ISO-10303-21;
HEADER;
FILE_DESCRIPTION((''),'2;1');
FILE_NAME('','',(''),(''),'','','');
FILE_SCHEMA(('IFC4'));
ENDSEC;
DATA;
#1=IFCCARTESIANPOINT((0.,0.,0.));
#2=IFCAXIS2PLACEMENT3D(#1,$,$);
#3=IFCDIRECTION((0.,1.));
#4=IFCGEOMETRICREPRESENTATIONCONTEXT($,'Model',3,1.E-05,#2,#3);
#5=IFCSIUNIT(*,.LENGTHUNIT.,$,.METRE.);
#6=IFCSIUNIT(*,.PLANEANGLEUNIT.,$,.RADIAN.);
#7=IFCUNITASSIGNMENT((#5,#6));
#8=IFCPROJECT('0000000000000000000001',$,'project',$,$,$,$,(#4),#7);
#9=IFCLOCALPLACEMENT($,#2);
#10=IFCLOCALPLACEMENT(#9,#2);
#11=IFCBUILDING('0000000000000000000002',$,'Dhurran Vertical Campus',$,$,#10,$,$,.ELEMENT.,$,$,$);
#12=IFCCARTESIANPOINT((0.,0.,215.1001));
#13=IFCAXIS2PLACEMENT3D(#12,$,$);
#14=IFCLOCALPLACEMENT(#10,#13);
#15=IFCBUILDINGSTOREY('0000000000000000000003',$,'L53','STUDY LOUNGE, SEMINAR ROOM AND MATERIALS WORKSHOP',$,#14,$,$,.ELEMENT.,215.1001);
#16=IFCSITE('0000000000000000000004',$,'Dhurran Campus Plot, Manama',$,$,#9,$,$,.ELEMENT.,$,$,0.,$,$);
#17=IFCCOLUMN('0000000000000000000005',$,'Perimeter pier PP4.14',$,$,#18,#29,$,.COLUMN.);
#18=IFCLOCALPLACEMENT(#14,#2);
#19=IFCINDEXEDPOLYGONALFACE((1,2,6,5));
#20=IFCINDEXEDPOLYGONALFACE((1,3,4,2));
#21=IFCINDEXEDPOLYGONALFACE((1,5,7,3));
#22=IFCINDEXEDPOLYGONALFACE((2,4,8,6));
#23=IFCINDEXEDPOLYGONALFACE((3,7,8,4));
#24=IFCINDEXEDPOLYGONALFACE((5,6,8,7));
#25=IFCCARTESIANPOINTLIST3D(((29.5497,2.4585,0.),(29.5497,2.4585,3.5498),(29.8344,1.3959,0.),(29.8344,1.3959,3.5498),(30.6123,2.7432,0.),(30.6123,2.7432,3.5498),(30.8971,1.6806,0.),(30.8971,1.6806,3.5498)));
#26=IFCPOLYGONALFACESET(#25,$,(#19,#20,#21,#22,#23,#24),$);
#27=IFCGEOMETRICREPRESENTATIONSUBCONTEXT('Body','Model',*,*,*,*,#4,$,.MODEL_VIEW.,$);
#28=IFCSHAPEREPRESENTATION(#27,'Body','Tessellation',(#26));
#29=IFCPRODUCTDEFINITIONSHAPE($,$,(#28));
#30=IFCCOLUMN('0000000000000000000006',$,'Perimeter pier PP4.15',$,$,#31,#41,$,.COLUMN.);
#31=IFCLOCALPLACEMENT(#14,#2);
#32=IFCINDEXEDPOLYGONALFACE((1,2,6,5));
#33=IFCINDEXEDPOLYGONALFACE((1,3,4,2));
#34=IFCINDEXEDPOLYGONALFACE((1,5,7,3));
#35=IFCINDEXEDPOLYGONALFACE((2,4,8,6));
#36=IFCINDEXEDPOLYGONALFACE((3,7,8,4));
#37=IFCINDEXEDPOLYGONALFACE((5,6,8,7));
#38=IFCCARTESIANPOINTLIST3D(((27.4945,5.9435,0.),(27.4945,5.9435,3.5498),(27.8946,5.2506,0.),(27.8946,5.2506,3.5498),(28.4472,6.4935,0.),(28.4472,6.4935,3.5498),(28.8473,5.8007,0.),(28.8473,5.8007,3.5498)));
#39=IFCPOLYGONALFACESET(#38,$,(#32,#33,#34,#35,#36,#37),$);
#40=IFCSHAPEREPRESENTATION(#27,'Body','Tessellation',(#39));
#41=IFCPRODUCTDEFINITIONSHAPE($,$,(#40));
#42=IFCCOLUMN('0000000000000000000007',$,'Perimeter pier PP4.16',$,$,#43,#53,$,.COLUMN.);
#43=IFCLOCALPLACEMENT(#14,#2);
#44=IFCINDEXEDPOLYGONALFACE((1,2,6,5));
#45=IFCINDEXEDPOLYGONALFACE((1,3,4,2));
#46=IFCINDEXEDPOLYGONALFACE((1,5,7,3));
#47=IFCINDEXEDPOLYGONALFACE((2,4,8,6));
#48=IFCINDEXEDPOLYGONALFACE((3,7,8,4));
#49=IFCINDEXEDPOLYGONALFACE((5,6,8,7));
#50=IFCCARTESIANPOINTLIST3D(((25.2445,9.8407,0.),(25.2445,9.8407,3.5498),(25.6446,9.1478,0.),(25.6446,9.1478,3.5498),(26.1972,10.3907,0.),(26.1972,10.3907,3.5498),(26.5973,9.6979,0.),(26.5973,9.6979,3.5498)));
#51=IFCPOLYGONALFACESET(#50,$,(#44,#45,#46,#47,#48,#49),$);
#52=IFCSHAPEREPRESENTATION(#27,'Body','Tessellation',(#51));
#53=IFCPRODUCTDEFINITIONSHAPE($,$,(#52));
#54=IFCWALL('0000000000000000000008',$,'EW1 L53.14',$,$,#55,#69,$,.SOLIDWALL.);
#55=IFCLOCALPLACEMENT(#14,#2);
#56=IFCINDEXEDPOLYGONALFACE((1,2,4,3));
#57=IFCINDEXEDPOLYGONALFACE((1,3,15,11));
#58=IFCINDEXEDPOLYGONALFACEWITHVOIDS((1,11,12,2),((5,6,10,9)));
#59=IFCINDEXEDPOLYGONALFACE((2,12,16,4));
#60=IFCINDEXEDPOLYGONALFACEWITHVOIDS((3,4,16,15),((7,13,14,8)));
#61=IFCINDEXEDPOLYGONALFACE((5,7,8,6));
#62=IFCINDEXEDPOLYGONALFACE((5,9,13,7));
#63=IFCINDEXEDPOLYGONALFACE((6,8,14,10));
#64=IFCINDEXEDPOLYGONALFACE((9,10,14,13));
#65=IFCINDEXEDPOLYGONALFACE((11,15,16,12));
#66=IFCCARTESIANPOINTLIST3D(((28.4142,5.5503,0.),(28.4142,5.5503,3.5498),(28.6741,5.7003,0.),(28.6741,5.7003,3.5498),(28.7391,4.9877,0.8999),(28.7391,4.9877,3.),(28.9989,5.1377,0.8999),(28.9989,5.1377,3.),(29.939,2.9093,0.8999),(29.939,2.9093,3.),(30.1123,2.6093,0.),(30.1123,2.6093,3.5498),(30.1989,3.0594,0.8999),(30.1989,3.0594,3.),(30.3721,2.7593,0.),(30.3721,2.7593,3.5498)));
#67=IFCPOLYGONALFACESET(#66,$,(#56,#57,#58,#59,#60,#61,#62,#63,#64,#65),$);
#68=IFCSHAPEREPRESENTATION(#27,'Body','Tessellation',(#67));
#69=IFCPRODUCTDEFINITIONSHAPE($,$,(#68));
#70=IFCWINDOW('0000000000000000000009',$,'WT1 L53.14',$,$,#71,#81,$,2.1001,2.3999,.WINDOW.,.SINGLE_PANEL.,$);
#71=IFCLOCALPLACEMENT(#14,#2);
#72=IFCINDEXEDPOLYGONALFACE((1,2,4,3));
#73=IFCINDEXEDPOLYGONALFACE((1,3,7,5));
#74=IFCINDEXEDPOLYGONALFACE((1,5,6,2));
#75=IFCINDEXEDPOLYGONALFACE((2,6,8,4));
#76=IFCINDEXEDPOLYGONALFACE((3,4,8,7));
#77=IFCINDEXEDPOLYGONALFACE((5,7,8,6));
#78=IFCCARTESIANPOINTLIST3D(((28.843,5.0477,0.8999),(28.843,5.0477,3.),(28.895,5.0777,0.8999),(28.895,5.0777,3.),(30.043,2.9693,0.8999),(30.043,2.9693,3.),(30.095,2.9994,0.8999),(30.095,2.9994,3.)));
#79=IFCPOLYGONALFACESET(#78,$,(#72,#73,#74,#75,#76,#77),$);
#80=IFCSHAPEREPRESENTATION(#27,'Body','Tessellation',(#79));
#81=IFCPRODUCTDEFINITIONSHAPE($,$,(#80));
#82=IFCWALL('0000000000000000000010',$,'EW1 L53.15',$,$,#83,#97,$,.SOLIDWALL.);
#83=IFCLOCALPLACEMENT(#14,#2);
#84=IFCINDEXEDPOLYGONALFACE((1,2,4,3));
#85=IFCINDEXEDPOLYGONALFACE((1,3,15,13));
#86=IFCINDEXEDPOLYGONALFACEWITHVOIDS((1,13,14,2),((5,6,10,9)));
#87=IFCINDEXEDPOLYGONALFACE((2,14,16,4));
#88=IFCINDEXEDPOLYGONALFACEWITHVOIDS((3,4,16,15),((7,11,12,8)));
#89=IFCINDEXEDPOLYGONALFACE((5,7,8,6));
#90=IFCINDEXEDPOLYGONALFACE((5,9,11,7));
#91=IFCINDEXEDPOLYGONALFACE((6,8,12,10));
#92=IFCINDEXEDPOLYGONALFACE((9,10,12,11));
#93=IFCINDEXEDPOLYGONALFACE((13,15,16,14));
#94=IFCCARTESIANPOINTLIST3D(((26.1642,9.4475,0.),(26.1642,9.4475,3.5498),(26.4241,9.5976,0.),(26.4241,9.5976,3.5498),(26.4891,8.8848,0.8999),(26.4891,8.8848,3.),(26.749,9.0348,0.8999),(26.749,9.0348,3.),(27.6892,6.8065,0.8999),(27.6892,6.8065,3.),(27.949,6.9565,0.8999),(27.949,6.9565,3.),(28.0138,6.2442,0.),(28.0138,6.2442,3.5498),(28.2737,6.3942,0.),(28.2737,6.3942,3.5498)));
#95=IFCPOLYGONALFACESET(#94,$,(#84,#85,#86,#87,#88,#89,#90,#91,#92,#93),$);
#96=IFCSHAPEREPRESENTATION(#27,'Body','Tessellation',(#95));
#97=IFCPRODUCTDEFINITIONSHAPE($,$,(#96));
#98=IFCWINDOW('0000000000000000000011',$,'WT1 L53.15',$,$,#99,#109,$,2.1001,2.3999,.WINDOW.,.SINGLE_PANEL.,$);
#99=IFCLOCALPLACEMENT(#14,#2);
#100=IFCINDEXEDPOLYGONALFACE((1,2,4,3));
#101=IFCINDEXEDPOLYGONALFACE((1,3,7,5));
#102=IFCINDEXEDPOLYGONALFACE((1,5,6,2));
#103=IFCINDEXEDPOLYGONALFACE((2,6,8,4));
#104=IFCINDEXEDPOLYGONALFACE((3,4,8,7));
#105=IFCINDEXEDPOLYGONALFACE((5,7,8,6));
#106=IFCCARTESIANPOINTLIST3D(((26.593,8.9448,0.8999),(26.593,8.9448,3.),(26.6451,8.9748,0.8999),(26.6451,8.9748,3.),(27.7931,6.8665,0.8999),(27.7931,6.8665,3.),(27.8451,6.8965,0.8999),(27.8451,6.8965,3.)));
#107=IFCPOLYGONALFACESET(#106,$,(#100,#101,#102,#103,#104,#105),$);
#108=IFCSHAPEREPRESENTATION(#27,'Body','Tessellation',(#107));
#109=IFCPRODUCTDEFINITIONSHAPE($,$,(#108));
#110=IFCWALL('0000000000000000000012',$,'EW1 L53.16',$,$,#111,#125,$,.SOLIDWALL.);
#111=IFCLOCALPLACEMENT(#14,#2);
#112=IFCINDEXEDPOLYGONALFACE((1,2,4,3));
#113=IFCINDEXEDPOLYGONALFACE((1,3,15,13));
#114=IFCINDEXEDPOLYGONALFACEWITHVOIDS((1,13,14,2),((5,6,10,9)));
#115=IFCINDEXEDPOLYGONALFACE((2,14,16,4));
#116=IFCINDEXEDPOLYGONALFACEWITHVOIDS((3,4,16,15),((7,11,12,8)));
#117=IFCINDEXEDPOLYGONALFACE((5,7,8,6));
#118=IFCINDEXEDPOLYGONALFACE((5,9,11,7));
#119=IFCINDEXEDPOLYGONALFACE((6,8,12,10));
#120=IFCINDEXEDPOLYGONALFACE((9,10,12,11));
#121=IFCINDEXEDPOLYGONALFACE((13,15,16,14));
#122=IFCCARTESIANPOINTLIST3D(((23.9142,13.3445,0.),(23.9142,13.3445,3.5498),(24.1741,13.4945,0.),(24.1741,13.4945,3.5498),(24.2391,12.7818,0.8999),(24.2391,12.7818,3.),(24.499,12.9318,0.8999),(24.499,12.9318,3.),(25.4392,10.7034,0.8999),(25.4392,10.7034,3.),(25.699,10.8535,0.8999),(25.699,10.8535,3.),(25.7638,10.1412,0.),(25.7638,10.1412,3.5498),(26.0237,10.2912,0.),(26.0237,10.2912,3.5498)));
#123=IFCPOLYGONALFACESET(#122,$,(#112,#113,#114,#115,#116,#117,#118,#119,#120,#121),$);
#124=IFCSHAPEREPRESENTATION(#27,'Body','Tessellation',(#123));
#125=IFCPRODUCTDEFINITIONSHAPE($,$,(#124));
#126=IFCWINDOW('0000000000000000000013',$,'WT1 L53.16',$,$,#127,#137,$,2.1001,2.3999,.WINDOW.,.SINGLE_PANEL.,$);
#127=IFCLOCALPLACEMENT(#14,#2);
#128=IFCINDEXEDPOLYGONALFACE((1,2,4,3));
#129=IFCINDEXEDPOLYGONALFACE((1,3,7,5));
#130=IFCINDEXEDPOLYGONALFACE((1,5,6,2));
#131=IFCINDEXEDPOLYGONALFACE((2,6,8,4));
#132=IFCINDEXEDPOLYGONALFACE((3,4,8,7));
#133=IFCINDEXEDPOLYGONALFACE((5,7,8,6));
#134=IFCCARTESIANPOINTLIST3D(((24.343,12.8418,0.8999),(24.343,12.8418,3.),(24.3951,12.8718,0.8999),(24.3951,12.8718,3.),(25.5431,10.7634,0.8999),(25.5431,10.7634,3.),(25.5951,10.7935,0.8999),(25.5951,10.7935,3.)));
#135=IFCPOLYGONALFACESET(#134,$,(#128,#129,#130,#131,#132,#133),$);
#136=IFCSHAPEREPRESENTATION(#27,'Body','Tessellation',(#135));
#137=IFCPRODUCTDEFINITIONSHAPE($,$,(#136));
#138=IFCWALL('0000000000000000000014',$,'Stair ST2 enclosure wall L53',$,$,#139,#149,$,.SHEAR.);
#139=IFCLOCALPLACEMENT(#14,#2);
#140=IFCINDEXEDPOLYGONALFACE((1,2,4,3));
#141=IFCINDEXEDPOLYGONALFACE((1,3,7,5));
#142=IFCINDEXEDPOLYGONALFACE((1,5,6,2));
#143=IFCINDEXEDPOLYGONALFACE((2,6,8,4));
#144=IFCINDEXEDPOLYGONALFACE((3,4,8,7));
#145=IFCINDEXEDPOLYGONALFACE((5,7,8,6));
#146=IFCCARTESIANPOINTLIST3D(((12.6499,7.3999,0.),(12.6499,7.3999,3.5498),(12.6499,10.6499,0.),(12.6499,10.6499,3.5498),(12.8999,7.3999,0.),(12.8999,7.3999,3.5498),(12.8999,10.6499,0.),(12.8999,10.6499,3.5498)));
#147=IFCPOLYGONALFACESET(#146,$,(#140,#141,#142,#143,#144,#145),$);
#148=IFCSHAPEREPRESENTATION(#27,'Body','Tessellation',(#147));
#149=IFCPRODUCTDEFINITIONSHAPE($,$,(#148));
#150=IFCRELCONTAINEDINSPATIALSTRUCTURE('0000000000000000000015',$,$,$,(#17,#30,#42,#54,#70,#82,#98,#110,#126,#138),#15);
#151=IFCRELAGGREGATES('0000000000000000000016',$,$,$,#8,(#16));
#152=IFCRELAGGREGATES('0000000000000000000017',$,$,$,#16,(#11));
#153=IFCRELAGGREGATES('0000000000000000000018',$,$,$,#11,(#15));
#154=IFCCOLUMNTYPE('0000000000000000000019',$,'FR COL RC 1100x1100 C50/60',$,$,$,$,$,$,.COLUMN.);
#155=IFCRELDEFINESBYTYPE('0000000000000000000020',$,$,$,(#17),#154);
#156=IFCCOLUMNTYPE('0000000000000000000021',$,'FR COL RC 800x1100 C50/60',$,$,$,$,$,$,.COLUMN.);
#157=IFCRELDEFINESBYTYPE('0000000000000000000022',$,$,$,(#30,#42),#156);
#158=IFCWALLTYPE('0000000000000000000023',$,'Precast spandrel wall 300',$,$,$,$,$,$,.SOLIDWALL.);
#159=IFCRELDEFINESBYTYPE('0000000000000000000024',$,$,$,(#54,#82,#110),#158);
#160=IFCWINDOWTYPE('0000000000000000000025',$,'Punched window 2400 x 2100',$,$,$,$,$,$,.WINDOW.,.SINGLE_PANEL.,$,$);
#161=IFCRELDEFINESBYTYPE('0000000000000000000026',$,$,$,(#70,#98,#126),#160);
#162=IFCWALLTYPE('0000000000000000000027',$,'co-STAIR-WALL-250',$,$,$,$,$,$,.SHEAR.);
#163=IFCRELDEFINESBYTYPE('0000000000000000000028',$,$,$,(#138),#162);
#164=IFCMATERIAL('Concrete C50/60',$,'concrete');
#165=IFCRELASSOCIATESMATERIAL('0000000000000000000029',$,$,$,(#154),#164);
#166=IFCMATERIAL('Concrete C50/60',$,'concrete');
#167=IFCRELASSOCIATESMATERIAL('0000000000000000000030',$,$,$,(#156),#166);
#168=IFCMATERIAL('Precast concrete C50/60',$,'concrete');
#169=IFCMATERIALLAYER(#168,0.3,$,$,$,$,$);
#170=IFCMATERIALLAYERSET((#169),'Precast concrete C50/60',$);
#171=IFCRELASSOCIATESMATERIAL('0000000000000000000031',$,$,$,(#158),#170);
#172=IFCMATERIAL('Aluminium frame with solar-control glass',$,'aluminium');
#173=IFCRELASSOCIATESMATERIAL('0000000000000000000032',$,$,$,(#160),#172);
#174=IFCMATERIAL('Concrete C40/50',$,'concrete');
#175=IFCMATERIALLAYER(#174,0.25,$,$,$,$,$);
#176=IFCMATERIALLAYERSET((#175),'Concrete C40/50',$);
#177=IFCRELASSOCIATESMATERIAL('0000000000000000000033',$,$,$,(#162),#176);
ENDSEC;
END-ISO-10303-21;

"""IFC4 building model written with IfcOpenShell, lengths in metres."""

from ifc_helpers import new_model, si_unit, direction, frame, frame_2d, origin, origin_2d, place, context, subcontext, project, spatial, rectangle, extrude, material, layer, layer_set, material_profile, profile_set, type_object, element, fill, save


model = new_model("IFC4")

# Units and contexts
model_context = context("Model", 3, precision=1e-05, world=origin(), true_north=direction((0.0, 1.0)))
body_context = subcontext(model_context, "Body", "Model", "MODEL_VIEW")
ifc_project = project(units=[si_unit("LENGTHUNIT", "METRE"), si_unit("PLANEANGLEUNIT", "RADIAN")], contexts=[model_context])

# Site, building, storey
site_placement = place(None, origin())
site = spatial("IfcSite", under=ifc_project, at=site_placement, Name="Dhurran Campus Plot, Manama", CompositionType="ELEMENT", RefElevation=0.0)
building_placement = place(site_placement, origin())
building = spatial("IfcBuilding", under=site, at=building_placement, Name="Dhurran Vertical Campus", CompositionType="ELEMENT")
storey_placement = place(building_placement, frame((0.0, 0.0, 215.1001)))
storey = spatial("IfcBuildingStorey", under=building, at=storey_placement, Name="L53", Description="STUDY LOUNGE, SEMINAR ROOM AND MATERIALS WORKSHOP", CompositionType="ELEMENT", Elevation=215.1001)

# Columns
ifc_material_1 = material(Name="Concrete C50/60", Category="concrete")
ifc_material_profile_1 = material_profile(ifc_material_1, rectangle(XDim=1.1001, YDim=1.1001, at=origin_2d()), Name="RC 1100x1100")
ifc_profile_set_1 = profile_set([ifc_material_profile_1], Name="Concrete C50/60")
column_type_1 = type_object("IfcColumnType", Name="FR COL RC 1100x1100 C50/60", PredefinedType="COLUMN", material=ifc_profile_set_1)
column_placement = place(storey_placement, frame((30.2234, 2.0696, 0.0), z_axis=(0.0, 0.0, 1.0), x_axis=(-0.258819, 0.965926, 0.0)))
element("IfcColumn", 1, at=column_placement, inside=storey, type_object=column_type_1, Name="Perimeter pier PP4.14", PredefinedType="COLUMN", context=body_context, shape_type="SweptSolid", body=[
    extrude(rectangle(XDim=1.1001, YDim=1.1001, at=origin_2d()), origin(), (0.0, 0.0, 1.0), 3.5498),
])
ifc_material_2 = material(Name="Concrete C50/60", Category="concrete")
ifc_material_profile_2 = material_profile(ifc_material_2, rectangle(XDim=0.8, YDim=1.1001, at=origin_2d()), Name="RC 800x1100")
ifc_profile_set_2 = profile_set([ifc_material_profile_2], Name="Concrete C50/60")
column_type_2 = type_object("IfcColumnType", Name="FR COL RC 800x1100 C50/60", PredefinedType="COLUMN", material=ifc_profile_set_2)
for number, where, z_axis, x_axis, name in (
    (2, (28.1709, 5.8721, 0.0), (0.0, 0.0, 1.0), (-0.5, 0.866025, 0.0), "Perimeter pier PP4.15"),
    (3, (25.9209, 9.7693, 0.0), (0.0, 0.0, 1.0), (-0.5, 0.866025, 0.0), "Perimeter pier PP4.16"),
):
    element("IfcColumn", number, at=place(storey_placement, frame(where, z_axis=z_axis, x_axis=x_axis)), inside=storey, type_object=column_type_2, Name=name, PredefinedType="COLUMN", context=body_context, shape_type="SweptSolid", body=[
        extrude(rectangle(XDim=0.8, YDim=1.1001, at=origin_2d()), origin(), (0.0, 0.0, 1.0), 3.5498),
    ])

# Walls, openings, windows
ifc_material_3 = material(Name="Precast concrete C50/60", Category="concrete")
ifc_layer_1 = layer(ifc_material_3, 0.3)
ifc_layer_set_1 = layer_set([ifc_layer_1], Name="Precast concrete C50/60")
wall_type_1 = type_object("IfcWallType", Name="Precast spandrel wall 300", PredefinedType="SOLIDWALL", material=ifc_layer_set_1)
wall_1_placement = place(storey_placement, frame((30.2422, 2.6843, 0.0), z_axis=(0.0, 0.0, 1.0), x_axis=(-0.500013, 0.866018, 0.0)))
wall_1 = element("IfcWall", 4, at=wall_1_placement, inside=storey, type_object=wall_type_1, Name="EW1 L53.14", PredefinedType="SOLIDWALL", context=body_context, shape_type="SweptSolid", body=[
    extrude(rectangle(XDim=3.396, YDim=0.3, at=frame_2d((1.698, 0.0))), origin(), (0.0, 0.0, 1.0), 3.5498),
])
opening_1_placement = place(wall_1_placement, frame((0.3464, 0.0, 0.8999)))
opening_1 = element("IfcOpeningElement", 5, at=opening_1_placement, cuts=wall_1, PredefinedType="OPENING", context=body_context, shape_type="SweptSolid", body=[
    extrude(rectangle(XDim=2.3999, YDim=2.1001, at=frame_2d((1.2, 1.05))), frame((0.0, 0.1599, 0.0), z_axis=(0.0, -1.0, 0.0), x_axis=(1.0, 0.0, 0.0)), (0.0, 0.0, 1.0), 0.3201),
])
ifc_material_4 = material(Name="Aluminium frame with solar-control glass", Category="aluminium")
window_type = type_object("IfcWindowType", Name="Punched window 2400 x 2100", PartitioningType="SINGLE_PANEL", PredefinedType="WINDOW", material=ifc_material_4)
window_1_placement = place(opening_1_placement, origin())
window_1 = element("IfcWindow", 6, at=window_1_placement, inside=storey, type_object=window_type, Name="WT1 L53.14", OverallHeight=2.1001, OverallWidth=2.3999, PartitioningType="SINGLE_PANEL", PredefinedType="WINDOW", context=body_context, shape_type="SweptSolid", body=[
    extrude(rectangle(XDim=2.3999, YDim=2.1001, at=frame_2d((1.2, 1.05))), frame((0.0, 0.03, 0.0), z_axis=(0.0, -1.0, 0.0), x_axis=(1.0, 0.0, 0.0)), (0.0, 0.0, 1.0), 0.0601),
])
fill(opening_1, window_1)
wall_2_placement = place(storey_placement, frame((28.1438, 6.3191, 0.0), z_axis=(0.0, 0.0, 1.0), x_axis=(-0.500029, 0.866009, 0.0)))
wall_2 = element("IfcWall", 7, at=wall_2_placement, inside=storey, type_object=wall_type_1, Name="EW1 L53.15", PredefinedType="SOLIDWALL", context=body_context, shape_type="SweptSolid", body=[
    extrude(rectangle(XDim=3.699, YDim=0.3, at=frame_2d((1.8496, 0.0))), origin(), (0.0, 0.0, 1.0), 3.5498),
])
opening_2_placement = place(wall_2_placement, frame((0.6494, 0.0, 0.8999)))
opening_2 = element("IfcOpeningElement", 8, at=opening_2_placement, cuts=wall_2, PredefinedType="OPENING", context=body_context, shape_type="SweptSolid", body=[
    extrude(rectangle(XDim=2.3999, YDim=2.1001, at=frame_2d((1.2, 1.05))), frame((0.0, 0.1599, 0.0), z_axis=(0.0, -1.0, 0.0), x_axis=(1.0, 0.0, 0.0)), (0.0, 0.0, 1.0), 0.3201),
])
window_2_placement = place(opening_2_placement, origin())
window_2 = element("IfcWindow", 9, at=window_2_placement, inside=storey, type_object=window_type, Name="WT1 L53.15", OverallHeight=2.1001, OverallWidth=2.3999, PartitioningType="SINGLE_PANEL", PredefinedType="WINDOW", context=body_context, shape_type="SweptSolid", body=[
    extrude(rectangle(XDim=2.3999, YDim=2.1001, at=frame_2d((1.2, 1.05))), frame((0.0, 0.03, 0.0), z_axis=(0.0, -1.0, 0.0), x_axis=(1.0, 0.0, 0.0)), (0.0, 0.0, 1.0), 0.0601),
])
fill(opening_2, window_2)
wall_3_placement = place(storey_placement, frame((25.8938, 10.2161, 0.0), z_axis=(0.0, 0.0, 1.0), x_axis=(-0.500029, 0.866009, 0.0)))
wall_3 = element("IfcWall", 10, at=wall_3_placement, inside=storey, type_object=wall_type_1, Name="EW1 L53.16", PredefinedType="SOLIDWALL", context=body_context, shape_type="SweptSolid", body=[
    extrude(rectangle(XDim=3.699, YDim=0.3, at=frame_2d((1.8496, 0.0))), origin(), (0.0, 0.0, 1.0), 3.5498),
])
opening_3_placement = place(wall_3_placement, frame((0.6494, 0.0, 0.8999)))
opening_3 = element("IfcOpeningElement", 11, at=opening_3_placement, cuts=wall_3, PredefinedType="OPENING", context=body_context, shape_type="SweptSolid", body=[
    extrude(rectangle(XDim=2.3999, YDim=2.1001, at=frame_2d((1.2, 1.05))), frame((0.0, 0.1599, 0.0), z_axis=(0.0, -1.0, 0.0), x_axis=(1.0, 0.0, 0.0)), (0.0, 0.0, 1.0), 0.3201),
])
window_3_placement = place(opening_3_placement, origin())
window_3 = element("IfcWindow", 12, at=window_3_placement, inside=storey, type_object=window_type, Name="WT1 L53.16", OverallHeight=2.1001, OverallWidth=2.3999, PartitioningType="SINGLE_PANEL", PredefinedType="WINDOW", context=body_context, shape_type="SweptSolid", body=[
    extrude(rectangle(XDim=2.3999, YDim=2.1001, at=frame_2d((1.2, 1.05))), frame((0.0, 0.03, 0.0), z_axis=(0.0, -1.0, 0.0), x_axis=(1.0, 0.0, 0.0)), (0.0, 0.0, 1.0), 0.0601),
])
fill(opening_3, window_3)

# Wall
ifc_material_5 = material(Name="Concrete C40/50", Category="concrete")
ifc_layer_2 = layer(ifc_material_5, 0.25)
ifc_layer_set_2 = layer_set([ifc_layer_2], Name="Concrete C40/50")
wall_type_2 = type_object("IfcWallType", Name="co-STAIR-WALL-250", PredefinedType="SHEAR", material=ifc_layer_set_2)
wall_4_placement = place(storey_placement, frame((12.7749, 7.3999, 0.0), z_axis=(0.0, 0.0, 1.0), x_axis=(0.0, 1.0, 0.0)))
element("IfcWall", 13, at=wall_4_placement, inside=storey, type_object=wall_type_2, Name="Stair ST2 enclosure wall L53", PredefinedType="SHEAR", context=body_context, shape_type="SweptSolid", body=[
    extrude(rectangle(XDim=3.25, YDim=0.25, at=frame_2d((1.625, 0.0))), origin(), (0.0, 0.0, 1.0), 3.5498),
])

save(model, "model.ifc")
